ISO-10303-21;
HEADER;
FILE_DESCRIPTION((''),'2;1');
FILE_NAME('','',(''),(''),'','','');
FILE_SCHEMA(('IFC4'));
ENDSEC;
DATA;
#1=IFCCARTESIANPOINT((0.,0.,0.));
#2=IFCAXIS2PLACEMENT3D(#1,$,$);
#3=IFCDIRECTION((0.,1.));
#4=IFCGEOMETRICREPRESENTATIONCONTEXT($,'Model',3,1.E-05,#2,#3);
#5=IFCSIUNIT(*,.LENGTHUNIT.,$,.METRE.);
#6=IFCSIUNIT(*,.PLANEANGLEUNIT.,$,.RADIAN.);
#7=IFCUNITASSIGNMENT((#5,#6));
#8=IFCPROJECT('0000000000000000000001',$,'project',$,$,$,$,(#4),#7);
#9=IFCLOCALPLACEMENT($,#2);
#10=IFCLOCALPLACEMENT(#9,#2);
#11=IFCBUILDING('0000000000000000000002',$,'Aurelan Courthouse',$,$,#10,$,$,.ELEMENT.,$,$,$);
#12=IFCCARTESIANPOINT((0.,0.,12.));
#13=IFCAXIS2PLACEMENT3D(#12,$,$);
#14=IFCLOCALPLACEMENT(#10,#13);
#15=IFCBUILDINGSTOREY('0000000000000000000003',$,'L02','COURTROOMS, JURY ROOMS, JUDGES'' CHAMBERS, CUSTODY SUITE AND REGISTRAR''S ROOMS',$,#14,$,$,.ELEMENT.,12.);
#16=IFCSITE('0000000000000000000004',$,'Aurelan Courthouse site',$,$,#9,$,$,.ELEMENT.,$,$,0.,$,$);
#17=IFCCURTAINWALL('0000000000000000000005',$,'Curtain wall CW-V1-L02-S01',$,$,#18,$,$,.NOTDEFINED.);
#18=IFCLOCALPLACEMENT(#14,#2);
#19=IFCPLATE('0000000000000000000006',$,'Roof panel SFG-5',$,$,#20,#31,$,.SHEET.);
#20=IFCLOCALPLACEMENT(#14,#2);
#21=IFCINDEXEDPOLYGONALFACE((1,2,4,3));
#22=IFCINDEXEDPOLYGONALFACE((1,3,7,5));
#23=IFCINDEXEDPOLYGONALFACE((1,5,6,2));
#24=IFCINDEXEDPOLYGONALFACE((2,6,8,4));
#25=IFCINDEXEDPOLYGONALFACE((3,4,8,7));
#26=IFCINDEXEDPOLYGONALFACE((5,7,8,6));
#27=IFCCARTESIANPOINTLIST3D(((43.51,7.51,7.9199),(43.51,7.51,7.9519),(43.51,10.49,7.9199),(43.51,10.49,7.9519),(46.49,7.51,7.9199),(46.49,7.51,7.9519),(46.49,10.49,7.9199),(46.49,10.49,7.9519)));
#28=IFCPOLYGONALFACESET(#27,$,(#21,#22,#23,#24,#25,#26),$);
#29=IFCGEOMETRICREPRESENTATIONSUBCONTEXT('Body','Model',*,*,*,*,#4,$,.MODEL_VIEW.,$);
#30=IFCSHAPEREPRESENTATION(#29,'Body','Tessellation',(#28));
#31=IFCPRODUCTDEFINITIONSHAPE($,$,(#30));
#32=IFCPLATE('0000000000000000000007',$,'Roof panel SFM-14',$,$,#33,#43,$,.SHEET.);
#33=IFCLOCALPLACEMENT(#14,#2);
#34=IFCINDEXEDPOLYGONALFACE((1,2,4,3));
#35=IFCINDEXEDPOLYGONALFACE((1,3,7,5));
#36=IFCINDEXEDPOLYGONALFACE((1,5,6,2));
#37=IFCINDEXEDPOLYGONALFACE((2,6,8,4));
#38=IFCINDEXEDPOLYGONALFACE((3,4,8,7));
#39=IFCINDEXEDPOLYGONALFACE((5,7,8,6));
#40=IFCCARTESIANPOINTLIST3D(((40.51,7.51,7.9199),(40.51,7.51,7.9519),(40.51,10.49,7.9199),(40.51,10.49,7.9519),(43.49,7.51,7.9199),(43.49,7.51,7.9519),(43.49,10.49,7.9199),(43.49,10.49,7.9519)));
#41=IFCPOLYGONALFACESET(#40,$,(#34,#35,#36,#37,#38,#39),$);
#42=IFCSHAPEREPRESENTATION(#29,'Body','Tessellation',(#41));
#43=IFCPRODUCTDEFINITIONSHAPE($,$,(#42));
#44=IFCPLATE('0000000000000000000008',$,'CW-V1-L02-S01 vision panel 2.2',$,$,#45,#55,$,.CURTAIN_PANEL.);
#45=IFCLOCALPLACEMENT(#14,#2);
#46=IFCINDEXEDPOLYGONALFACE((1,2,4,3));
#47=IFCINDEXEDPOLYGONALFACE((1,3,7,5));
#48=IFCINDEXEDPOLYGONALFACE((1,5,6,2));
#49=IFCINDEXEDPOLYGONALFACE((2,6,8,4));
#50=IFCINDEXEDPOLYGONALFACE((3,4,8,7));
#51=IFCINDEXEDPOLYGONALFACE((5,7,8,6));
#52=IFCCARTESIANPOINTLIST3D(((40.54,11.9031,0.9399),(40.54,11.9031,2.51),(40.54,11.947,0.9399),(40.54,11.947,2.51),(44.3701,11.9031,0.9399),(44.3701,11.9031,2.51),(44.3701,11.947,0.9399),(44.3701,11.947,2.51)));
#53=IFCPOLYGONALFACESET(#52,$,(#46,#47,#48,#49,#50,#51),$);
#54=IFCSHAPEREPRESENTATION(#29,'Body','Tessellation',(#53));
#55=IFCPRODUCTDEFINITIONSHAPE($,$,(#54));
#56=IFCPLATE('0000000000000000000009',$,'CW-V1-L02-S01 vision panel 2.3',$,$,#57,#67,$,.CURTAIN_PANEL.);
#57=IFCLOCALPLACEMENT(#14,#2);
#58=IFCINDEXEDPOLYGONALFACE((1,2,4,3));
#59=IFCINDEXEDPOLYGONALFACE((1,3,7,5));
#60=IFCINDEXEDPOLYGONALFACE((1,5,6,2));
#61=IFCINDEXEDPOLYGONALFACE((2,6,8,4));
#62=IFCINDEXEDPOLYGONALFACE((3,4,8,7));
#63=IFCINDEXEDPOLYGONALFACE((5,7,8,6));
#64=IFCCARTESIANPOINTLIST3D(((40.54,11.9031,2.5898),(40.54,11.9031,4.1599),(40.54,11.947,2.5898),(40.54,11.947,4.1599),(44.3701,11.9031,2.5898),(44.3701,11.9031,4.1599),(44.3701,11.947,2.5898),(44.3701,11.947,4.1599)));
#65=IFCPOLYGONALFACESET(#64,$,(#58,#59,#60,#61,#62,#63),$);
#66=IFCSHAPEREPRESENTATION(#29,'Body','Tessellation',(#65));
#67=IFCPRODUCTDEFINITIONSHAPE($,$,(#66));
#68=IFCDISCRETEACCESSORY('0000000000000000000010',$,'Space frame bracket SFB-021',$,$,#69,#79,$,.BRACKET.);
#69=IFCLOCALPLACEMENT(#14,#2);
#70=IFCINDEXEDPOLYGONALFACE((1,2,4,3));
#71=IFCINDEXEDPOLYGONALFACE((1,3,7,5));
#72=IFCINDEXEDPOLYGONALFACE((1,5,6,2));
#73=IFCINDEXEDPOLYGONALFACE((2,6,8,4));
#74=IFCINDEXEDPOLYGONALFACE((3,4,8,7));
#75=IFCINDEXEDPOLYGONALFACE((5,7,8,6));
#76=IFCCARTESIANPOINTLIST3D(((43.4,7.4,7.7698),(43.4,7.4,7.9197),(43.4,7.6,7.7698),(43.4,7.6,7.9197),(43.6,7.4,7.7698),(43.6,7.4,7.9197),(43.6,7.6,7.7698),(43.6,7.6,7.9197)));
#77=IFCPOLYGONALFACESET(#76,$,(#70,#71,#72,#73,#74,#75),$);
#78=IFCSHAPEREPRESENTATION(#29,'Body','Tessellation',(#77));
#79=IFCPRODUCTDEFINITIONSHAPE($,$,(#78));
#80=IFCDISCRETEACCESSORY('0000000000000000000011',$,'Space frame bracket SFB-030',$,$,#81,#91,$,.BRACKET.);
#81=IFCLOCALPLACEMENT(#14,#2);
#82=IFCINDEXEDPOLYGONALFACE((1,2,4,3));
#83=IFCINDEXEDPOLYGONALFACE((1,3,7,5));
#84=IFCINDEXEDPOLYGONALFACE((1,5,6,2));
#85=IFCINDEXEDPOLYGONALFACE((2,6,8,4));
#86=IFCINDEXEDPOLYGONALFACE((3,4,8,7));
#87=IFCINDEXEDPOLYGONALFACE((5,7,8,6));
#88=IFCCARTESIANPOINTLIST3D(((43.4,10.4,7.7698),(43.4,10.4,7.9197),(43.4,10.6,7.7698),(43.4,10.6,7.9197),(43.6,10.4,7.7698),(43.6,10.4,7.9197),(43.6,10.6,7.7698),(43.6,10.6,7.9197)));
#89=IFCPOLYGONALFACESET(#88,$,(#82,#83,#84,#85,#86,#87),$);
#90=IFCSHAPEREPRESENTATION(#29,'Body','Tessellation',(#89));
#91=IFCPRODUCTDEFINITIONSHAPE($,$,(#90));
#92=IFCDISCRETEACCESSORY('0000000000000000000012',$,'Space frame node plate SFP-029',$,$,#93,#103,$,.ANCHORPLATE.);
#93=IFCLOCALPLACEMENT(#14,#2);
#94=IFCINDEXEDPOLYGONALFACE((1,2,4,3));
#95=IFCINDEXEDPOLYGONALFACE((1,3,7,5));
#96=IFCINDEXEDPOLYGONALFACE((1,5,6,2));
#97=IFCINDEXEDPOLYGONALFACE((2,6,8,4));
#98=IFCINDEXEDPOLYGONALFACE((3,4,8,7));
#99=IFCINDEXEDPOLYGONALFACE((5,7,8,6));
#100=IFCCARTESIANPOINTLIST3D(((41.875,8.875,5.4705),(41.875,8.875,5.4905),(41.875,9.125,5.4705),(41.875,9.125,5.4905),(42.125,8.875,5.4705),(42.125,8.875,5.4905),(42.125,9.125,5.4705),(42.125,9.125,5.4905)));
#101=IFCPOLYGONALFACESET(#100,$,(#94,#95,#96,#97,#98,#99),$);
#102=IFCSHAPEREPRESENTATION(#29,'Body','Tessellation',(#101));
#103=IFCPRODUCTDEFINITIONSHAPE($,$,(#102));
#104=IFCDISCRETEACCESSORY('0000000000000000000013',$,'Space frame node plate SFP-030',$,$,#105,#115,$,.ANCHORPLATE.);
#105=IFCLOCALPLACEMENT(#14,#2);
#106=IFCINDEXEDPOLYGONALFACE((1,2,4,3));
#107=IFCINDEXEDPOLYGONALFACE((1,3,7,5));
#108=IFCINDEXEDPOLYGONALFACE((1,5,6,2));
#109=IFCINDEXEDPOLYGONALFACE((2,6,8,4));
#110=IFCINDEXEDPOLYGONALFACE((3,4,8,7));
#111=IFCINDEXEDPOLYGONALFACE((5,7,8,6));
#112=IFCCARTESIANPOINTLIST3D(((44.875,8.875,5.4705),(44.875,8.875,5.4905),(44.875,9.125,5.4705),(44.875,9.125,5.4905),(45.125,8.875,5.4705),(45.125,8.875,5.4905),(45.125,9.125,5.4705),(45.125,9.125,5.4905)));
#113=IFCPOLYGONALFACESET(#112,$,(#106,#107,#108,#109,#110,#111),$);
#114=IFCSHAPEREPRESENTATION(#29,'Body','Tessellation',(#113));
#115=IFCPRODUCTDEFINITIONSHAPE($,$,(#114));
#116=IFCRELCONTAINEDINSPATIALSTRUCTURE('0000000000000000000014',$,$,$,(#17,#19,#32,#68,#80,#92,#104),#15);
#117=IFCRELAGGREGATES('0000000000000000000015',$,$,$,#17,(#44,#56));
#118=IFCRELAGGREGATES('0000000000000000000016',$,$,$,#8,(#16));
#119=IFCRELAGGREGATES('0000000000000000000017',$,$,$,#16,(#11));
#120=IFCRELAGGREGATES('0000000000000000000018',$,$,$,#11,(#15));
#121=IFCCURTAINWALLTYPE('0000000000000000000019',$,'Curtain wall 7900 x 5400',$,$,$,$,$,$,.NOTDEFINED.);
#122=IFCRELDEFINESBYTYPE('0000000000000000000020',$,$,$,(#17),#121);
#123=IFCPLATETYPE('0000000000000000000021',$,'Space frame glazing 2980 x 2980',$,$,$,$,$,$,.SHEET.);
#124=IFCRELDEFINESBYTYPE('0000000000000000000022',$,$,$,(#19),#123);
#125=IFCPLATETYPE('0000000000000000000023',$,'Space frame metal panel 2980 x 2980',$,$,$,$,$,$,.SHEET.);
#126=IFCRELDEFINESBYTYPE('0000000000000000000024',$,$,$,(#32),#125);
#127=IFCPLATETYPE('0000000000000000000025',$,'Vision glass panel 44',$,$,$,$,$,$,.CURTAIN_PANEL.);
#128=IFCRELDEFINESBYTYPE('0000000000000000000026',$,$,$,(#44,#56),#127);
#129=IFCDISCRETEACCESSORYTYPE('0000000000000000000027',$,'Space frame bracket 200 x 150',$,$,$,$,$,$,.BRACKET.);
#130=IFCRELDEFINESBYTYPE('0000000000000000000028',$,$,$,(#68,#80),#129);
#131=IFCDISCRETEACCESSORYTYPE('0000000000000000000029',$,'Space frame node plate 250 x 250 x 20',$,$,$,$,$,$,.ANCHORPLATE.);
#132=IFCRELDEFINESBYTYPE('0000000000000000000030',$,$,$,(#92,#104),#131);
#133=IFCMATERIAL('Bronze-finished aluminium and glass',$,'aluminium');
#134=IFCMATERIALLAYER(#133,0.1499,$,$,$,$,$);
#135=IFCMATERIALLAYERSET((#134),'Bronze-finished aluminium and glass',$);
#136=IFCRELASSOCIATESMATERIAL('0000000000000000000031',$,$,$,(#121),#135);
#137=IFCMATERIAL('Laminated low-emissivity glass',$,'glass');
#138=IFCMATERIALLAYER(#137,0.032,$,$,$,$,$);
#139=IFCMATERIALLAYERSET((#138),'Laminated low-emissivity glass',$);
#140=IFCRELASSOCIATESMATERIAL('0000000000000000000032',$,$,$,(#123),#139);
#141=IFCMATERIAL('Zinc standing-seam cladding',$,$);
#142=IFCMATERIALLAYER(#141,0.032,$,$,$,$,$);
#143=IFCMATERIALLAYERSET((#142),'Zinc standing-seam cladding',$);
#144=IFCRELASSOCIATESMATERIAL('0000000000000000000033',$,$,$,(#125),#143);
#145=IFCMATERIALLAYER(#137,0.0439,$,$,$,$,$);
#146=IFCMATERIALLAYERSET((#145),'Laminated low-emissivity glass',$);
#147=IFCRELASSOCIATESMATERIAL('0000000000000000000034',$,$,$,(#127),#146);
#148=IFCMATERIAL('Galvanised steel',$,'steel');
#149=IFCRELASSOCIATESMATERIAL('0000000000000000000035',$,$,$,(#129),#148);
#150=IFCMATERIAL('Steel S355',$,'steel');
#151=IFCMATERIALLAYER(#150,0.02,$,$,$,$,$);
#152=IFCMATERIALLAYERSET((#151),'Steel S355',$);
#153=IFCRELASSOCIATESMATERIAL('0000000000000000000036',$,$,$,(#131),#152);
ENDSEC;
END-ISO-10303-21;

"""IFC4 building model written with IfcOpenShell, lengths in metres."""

from ifc_helpers import new_model, si_unit, direction, frame, origin, origin_2d, place, context, subcontext, project, spatial, rectangle, extrude, material, layer, layer_set, type_object, element, aggregate, save


model = new_model("IFC4")

# Units and contexts
model_context = context("Model", 3, precision=1e-05, world=origin(), true_north=direction((0.0, 1.0)))
body_context = subcontext(model_context, "Body", "Model", "MODEL_VIEW")
ifc_project = project(units=[si_unit("LENGTHUNIT", "METRE"), si_unit("PLANEANGLEUNIT", "RADIAN")], contexts=[model_context])

# Site, building, storey
site_placement = place(None, origin())
site = spatial("IfcSite", under=ifc_project, at=site_placement, Name="Aurelan Courthouse site", CompositionType="ELEMENT", RefElevation=0.0)
building_placement = place(site_placement, origin())
building = spatial("IfcBuilding", under=site, at=building_placement, Name="Aurelan Courthouse", CompositionType="ELEMENT")
storey_placement = place(building_placement, frame((0.0, 0.0, 12.0)))
storey = spatial("IfcBuildingStorey", under=building, at=storey_placement, Name="L02", Description="COURTROOMS, JURY ROOMS, JUDGES' CHAMBERS, CUSTODY SUITE AND REGISTRAR'S ROOMS", CompositionType="ELEMENT", Elevation=12.0)

# Curtain wall
ifc_material_1 = material(Name="Bronze-finished aluminium and glass", Category="aluminium")
ifc_layer_1 = layer(ifc_material_1, 0.1499)
ifc_layer_set_1 = layer_set([ifc_layer_1], Name="Bronze-finished aluminium and glass")
curtain_wall_type = type_object("IfcCurtainWallType", Name="Curtain wall 7900 x 5400", PredefinedType="NOTDEFINED", material=ifc_layer_set_1)
curtain_wall_1_placement = place(storey_placement, origin())
curtain_wall_1 = element("IfcCurtainWall", 1, at=curtain_wall_1_placement, inside=storey, type_object=curtain_wall_type, Name="Curtain wall CW-V1-L02-S01", PredefinedType="NOTDEFINED")

# Shared definitions
ifc_material_2 = material(Name="Steel S355", Category="steel")

# Plates
ifc_material_3 = material(Name="Laminated low-emissivity glass", Category="glass")
ifc_layer_2 = layer(ifc_material_3, 0.032)
ifc_layer_set_2 = layer_set([ifc_layer_2], Name="Laminated low-emissivity glass")
plate_type_1 = type_object("IfcPlateType", Name="Space frame glazing 2980 x 2980", PredefinedType="SHEET", material=ifc_layer_set_2)
plate_1_placement = place(storey_placement, frame((45.0, 9.0, 7.9199), z_axis=(0.0, 0.0, 1.0), x_axis=(1.0, 0.0, 0.0)))
element("IfcPlate", 2, at=plate_1_placement, inside=storey, type_object=plate_type_1, Name="Roof panel SFG-5", PredefinedType="SHEET", context=body_context, shape_type="SweptSolid", body=[
    extrude(rectangle(XDim=2.98, YDim=2.98, at=origin_2d()), origin(), (0.0, 0.0, 1.0), 0.032),
])
ifc_material_4 = material(Name="Zinc standing-seam cladding")
ifc_layer_3 = layer(ifc_material_4, 0.032)
ifc_layer_set_3 = layer_set([ifc_layer_3], Name="Zinc standing-seam cladding")
plate_type_2 = type_object("IfcPlateType", Name="Space frame metal panel 2980 x 2980", PredefinedType="SHEET", material=ifc_layer_set_3)
plate_2_placement = place(storey_placement, frame((42.0, 9.0, 7.9199), z_axis=(0.0, 0.0, 1.0), x_axis=(1.0, 0.0, 0.0)))
element("IfcPlate", 3, at=plate_2_placement, inside=storey, type_object=plate_type_2, Name="Roof panel SFM-14", PredefinedType="SHEET", context=body_context, shape_type="SweptSolid", body=[
    extrude(rectangle(XDim=2.98, YDim=2.98, at=origin_2d()), origin(), (0.0, 0.0, 1.0), 0.032),
])

# Plates
ifc_layer_4 = layer(ifc_material_3, 0.0439)
ifc_layer_set_4 = layer_set([ifc_layer_4], Name="Laminated low-emissivity glass")
plate_type_3 = type_object("IfcPlateType", Name="Vision glass panel 44", PredefinedType="CURTAIN_PANEL", material=ifc_layer_set_4)
plate_3_placement = place(storey_placement, frame((42.4551, 11.925, 0.9399), z_axis=(0.0, 0.0, 1.0), x_axis=(1.0, 0.0, 0.0)))
plate_3 = element("IfcPlate", 4, at=plate_3_placement, type_object=plate_type_3, Name="CW-V1-L02-S01 vision panel 2.2", PredefinedType="CURTAIN_PANEL", context=body_context, shape_type="SweptSolid", body=[
    extrude(rectangle(XDim=3.8301, YDim=0.0439, at=origin_2d()), origin(), (0.0, 0.0, 1.0), 1.5701),
])
plate_4_placement = place(storey_placement, frame((42.4551, 11.925, 2.5898), z_axis=(0.0, 0.0, 1.0), x_axis=(1.0, 0.0, 0.0)))
plate_4 = element("IfcPlate", 5, at=plate_4_placement, type_object=plate_type_3, Name="CW-V1-L02-S01 vision panel 2.3", PredefinedType="CURTAIN_PANEL", context=body_context, shape_type="SweptSolid", body=[
    extrude(rectangle(XDim=3.8301, YDim=0.0439, at=origin_2d()), origin(), (0.0, 0.0, 1.0), 1.5701),
])
aggregate(curtain_wall_1, [plate_3, plate_4])

# Discrete accessories
ifc_material_5 = material(Name="Galvanised steel", Category="steel")
discrete_accessory_type_1 = type_object("IfcDiscreteAccessoryType", Name="Space frame bracket 200 x 150", PredefinedType="BRACKET", material=ifc_material_5)
for number, where, z_axis, x_axis, name in (
    (6, (43.5, 7.5, 7.7698), (0.0, 0.0, 1.0), (1.0, 0.0, 0.0), "Space frame bracket SFB-021"),
    (7, (43.5, 10.5, 7.7698), (0.0, 0.0, 1.0), (1.0, 0.0, 0.0), "Space frame bracket SFB-030"),
):
    element("IfcDiscreteAccessory", number, at=place(storey_placement, frame(where, z_axis=z_axis, x_axis=x_axis)), inside=storey, type_object=discrete_accessory_type_1, Name=name, PredefinedType="BRACKET", context=body_context, shape_type="SweptSolid", body=[
        extrude(rectangle(XDim=0.2, YDim=0.2, at=origin_2d()), origin(), (0.0, 0.0, 1.0), 0.1499),
    ])
ifc_layer_5 = layer(ifc_material_2, 0.02)
ifc_layer_set_5 = layer_set([ifc_layer_5], Name="Steel S355")
discrete_accessory_type_2 = type_object("IfcDiscreteAccessoryType", Name="Space frame node plate 250 x 250 x 20", PredefinedType="ANCHORPLATE", material=ifc_layer_set_5)
for number, where, z_axis, x_axis, name in (
    (8, (42.0, 9.0, 5.4705), (0.0, 0.0, 1.0), (1.0, 0.0, 0.0), "Space frame node plate SFP-029"),
    (9, (45.0, 9.0, 5.4705), (0.0, 0.0, 1.0), (1.0, 0.0, 0.0), "Space frame node plate SFP-030"),
):
    element("IfcDiscreteAccessory", number, at=place(storey_placement, frame(where, z_axis=z_axis, x_axis=x_axis)), inside=storey, type_object=discrete_accessory_type_2, Name=name, PredefinedType="ANCHORPLATE", context=body_context, shape_type="SweptSolid", body=[
        extrude(rectangle(XDim=0.25, YDim=0.25, at=origin_2d()), origin(), (0.0, 0.0, 1.0), 0.02),
    ])

save(model, "model.ifc")
